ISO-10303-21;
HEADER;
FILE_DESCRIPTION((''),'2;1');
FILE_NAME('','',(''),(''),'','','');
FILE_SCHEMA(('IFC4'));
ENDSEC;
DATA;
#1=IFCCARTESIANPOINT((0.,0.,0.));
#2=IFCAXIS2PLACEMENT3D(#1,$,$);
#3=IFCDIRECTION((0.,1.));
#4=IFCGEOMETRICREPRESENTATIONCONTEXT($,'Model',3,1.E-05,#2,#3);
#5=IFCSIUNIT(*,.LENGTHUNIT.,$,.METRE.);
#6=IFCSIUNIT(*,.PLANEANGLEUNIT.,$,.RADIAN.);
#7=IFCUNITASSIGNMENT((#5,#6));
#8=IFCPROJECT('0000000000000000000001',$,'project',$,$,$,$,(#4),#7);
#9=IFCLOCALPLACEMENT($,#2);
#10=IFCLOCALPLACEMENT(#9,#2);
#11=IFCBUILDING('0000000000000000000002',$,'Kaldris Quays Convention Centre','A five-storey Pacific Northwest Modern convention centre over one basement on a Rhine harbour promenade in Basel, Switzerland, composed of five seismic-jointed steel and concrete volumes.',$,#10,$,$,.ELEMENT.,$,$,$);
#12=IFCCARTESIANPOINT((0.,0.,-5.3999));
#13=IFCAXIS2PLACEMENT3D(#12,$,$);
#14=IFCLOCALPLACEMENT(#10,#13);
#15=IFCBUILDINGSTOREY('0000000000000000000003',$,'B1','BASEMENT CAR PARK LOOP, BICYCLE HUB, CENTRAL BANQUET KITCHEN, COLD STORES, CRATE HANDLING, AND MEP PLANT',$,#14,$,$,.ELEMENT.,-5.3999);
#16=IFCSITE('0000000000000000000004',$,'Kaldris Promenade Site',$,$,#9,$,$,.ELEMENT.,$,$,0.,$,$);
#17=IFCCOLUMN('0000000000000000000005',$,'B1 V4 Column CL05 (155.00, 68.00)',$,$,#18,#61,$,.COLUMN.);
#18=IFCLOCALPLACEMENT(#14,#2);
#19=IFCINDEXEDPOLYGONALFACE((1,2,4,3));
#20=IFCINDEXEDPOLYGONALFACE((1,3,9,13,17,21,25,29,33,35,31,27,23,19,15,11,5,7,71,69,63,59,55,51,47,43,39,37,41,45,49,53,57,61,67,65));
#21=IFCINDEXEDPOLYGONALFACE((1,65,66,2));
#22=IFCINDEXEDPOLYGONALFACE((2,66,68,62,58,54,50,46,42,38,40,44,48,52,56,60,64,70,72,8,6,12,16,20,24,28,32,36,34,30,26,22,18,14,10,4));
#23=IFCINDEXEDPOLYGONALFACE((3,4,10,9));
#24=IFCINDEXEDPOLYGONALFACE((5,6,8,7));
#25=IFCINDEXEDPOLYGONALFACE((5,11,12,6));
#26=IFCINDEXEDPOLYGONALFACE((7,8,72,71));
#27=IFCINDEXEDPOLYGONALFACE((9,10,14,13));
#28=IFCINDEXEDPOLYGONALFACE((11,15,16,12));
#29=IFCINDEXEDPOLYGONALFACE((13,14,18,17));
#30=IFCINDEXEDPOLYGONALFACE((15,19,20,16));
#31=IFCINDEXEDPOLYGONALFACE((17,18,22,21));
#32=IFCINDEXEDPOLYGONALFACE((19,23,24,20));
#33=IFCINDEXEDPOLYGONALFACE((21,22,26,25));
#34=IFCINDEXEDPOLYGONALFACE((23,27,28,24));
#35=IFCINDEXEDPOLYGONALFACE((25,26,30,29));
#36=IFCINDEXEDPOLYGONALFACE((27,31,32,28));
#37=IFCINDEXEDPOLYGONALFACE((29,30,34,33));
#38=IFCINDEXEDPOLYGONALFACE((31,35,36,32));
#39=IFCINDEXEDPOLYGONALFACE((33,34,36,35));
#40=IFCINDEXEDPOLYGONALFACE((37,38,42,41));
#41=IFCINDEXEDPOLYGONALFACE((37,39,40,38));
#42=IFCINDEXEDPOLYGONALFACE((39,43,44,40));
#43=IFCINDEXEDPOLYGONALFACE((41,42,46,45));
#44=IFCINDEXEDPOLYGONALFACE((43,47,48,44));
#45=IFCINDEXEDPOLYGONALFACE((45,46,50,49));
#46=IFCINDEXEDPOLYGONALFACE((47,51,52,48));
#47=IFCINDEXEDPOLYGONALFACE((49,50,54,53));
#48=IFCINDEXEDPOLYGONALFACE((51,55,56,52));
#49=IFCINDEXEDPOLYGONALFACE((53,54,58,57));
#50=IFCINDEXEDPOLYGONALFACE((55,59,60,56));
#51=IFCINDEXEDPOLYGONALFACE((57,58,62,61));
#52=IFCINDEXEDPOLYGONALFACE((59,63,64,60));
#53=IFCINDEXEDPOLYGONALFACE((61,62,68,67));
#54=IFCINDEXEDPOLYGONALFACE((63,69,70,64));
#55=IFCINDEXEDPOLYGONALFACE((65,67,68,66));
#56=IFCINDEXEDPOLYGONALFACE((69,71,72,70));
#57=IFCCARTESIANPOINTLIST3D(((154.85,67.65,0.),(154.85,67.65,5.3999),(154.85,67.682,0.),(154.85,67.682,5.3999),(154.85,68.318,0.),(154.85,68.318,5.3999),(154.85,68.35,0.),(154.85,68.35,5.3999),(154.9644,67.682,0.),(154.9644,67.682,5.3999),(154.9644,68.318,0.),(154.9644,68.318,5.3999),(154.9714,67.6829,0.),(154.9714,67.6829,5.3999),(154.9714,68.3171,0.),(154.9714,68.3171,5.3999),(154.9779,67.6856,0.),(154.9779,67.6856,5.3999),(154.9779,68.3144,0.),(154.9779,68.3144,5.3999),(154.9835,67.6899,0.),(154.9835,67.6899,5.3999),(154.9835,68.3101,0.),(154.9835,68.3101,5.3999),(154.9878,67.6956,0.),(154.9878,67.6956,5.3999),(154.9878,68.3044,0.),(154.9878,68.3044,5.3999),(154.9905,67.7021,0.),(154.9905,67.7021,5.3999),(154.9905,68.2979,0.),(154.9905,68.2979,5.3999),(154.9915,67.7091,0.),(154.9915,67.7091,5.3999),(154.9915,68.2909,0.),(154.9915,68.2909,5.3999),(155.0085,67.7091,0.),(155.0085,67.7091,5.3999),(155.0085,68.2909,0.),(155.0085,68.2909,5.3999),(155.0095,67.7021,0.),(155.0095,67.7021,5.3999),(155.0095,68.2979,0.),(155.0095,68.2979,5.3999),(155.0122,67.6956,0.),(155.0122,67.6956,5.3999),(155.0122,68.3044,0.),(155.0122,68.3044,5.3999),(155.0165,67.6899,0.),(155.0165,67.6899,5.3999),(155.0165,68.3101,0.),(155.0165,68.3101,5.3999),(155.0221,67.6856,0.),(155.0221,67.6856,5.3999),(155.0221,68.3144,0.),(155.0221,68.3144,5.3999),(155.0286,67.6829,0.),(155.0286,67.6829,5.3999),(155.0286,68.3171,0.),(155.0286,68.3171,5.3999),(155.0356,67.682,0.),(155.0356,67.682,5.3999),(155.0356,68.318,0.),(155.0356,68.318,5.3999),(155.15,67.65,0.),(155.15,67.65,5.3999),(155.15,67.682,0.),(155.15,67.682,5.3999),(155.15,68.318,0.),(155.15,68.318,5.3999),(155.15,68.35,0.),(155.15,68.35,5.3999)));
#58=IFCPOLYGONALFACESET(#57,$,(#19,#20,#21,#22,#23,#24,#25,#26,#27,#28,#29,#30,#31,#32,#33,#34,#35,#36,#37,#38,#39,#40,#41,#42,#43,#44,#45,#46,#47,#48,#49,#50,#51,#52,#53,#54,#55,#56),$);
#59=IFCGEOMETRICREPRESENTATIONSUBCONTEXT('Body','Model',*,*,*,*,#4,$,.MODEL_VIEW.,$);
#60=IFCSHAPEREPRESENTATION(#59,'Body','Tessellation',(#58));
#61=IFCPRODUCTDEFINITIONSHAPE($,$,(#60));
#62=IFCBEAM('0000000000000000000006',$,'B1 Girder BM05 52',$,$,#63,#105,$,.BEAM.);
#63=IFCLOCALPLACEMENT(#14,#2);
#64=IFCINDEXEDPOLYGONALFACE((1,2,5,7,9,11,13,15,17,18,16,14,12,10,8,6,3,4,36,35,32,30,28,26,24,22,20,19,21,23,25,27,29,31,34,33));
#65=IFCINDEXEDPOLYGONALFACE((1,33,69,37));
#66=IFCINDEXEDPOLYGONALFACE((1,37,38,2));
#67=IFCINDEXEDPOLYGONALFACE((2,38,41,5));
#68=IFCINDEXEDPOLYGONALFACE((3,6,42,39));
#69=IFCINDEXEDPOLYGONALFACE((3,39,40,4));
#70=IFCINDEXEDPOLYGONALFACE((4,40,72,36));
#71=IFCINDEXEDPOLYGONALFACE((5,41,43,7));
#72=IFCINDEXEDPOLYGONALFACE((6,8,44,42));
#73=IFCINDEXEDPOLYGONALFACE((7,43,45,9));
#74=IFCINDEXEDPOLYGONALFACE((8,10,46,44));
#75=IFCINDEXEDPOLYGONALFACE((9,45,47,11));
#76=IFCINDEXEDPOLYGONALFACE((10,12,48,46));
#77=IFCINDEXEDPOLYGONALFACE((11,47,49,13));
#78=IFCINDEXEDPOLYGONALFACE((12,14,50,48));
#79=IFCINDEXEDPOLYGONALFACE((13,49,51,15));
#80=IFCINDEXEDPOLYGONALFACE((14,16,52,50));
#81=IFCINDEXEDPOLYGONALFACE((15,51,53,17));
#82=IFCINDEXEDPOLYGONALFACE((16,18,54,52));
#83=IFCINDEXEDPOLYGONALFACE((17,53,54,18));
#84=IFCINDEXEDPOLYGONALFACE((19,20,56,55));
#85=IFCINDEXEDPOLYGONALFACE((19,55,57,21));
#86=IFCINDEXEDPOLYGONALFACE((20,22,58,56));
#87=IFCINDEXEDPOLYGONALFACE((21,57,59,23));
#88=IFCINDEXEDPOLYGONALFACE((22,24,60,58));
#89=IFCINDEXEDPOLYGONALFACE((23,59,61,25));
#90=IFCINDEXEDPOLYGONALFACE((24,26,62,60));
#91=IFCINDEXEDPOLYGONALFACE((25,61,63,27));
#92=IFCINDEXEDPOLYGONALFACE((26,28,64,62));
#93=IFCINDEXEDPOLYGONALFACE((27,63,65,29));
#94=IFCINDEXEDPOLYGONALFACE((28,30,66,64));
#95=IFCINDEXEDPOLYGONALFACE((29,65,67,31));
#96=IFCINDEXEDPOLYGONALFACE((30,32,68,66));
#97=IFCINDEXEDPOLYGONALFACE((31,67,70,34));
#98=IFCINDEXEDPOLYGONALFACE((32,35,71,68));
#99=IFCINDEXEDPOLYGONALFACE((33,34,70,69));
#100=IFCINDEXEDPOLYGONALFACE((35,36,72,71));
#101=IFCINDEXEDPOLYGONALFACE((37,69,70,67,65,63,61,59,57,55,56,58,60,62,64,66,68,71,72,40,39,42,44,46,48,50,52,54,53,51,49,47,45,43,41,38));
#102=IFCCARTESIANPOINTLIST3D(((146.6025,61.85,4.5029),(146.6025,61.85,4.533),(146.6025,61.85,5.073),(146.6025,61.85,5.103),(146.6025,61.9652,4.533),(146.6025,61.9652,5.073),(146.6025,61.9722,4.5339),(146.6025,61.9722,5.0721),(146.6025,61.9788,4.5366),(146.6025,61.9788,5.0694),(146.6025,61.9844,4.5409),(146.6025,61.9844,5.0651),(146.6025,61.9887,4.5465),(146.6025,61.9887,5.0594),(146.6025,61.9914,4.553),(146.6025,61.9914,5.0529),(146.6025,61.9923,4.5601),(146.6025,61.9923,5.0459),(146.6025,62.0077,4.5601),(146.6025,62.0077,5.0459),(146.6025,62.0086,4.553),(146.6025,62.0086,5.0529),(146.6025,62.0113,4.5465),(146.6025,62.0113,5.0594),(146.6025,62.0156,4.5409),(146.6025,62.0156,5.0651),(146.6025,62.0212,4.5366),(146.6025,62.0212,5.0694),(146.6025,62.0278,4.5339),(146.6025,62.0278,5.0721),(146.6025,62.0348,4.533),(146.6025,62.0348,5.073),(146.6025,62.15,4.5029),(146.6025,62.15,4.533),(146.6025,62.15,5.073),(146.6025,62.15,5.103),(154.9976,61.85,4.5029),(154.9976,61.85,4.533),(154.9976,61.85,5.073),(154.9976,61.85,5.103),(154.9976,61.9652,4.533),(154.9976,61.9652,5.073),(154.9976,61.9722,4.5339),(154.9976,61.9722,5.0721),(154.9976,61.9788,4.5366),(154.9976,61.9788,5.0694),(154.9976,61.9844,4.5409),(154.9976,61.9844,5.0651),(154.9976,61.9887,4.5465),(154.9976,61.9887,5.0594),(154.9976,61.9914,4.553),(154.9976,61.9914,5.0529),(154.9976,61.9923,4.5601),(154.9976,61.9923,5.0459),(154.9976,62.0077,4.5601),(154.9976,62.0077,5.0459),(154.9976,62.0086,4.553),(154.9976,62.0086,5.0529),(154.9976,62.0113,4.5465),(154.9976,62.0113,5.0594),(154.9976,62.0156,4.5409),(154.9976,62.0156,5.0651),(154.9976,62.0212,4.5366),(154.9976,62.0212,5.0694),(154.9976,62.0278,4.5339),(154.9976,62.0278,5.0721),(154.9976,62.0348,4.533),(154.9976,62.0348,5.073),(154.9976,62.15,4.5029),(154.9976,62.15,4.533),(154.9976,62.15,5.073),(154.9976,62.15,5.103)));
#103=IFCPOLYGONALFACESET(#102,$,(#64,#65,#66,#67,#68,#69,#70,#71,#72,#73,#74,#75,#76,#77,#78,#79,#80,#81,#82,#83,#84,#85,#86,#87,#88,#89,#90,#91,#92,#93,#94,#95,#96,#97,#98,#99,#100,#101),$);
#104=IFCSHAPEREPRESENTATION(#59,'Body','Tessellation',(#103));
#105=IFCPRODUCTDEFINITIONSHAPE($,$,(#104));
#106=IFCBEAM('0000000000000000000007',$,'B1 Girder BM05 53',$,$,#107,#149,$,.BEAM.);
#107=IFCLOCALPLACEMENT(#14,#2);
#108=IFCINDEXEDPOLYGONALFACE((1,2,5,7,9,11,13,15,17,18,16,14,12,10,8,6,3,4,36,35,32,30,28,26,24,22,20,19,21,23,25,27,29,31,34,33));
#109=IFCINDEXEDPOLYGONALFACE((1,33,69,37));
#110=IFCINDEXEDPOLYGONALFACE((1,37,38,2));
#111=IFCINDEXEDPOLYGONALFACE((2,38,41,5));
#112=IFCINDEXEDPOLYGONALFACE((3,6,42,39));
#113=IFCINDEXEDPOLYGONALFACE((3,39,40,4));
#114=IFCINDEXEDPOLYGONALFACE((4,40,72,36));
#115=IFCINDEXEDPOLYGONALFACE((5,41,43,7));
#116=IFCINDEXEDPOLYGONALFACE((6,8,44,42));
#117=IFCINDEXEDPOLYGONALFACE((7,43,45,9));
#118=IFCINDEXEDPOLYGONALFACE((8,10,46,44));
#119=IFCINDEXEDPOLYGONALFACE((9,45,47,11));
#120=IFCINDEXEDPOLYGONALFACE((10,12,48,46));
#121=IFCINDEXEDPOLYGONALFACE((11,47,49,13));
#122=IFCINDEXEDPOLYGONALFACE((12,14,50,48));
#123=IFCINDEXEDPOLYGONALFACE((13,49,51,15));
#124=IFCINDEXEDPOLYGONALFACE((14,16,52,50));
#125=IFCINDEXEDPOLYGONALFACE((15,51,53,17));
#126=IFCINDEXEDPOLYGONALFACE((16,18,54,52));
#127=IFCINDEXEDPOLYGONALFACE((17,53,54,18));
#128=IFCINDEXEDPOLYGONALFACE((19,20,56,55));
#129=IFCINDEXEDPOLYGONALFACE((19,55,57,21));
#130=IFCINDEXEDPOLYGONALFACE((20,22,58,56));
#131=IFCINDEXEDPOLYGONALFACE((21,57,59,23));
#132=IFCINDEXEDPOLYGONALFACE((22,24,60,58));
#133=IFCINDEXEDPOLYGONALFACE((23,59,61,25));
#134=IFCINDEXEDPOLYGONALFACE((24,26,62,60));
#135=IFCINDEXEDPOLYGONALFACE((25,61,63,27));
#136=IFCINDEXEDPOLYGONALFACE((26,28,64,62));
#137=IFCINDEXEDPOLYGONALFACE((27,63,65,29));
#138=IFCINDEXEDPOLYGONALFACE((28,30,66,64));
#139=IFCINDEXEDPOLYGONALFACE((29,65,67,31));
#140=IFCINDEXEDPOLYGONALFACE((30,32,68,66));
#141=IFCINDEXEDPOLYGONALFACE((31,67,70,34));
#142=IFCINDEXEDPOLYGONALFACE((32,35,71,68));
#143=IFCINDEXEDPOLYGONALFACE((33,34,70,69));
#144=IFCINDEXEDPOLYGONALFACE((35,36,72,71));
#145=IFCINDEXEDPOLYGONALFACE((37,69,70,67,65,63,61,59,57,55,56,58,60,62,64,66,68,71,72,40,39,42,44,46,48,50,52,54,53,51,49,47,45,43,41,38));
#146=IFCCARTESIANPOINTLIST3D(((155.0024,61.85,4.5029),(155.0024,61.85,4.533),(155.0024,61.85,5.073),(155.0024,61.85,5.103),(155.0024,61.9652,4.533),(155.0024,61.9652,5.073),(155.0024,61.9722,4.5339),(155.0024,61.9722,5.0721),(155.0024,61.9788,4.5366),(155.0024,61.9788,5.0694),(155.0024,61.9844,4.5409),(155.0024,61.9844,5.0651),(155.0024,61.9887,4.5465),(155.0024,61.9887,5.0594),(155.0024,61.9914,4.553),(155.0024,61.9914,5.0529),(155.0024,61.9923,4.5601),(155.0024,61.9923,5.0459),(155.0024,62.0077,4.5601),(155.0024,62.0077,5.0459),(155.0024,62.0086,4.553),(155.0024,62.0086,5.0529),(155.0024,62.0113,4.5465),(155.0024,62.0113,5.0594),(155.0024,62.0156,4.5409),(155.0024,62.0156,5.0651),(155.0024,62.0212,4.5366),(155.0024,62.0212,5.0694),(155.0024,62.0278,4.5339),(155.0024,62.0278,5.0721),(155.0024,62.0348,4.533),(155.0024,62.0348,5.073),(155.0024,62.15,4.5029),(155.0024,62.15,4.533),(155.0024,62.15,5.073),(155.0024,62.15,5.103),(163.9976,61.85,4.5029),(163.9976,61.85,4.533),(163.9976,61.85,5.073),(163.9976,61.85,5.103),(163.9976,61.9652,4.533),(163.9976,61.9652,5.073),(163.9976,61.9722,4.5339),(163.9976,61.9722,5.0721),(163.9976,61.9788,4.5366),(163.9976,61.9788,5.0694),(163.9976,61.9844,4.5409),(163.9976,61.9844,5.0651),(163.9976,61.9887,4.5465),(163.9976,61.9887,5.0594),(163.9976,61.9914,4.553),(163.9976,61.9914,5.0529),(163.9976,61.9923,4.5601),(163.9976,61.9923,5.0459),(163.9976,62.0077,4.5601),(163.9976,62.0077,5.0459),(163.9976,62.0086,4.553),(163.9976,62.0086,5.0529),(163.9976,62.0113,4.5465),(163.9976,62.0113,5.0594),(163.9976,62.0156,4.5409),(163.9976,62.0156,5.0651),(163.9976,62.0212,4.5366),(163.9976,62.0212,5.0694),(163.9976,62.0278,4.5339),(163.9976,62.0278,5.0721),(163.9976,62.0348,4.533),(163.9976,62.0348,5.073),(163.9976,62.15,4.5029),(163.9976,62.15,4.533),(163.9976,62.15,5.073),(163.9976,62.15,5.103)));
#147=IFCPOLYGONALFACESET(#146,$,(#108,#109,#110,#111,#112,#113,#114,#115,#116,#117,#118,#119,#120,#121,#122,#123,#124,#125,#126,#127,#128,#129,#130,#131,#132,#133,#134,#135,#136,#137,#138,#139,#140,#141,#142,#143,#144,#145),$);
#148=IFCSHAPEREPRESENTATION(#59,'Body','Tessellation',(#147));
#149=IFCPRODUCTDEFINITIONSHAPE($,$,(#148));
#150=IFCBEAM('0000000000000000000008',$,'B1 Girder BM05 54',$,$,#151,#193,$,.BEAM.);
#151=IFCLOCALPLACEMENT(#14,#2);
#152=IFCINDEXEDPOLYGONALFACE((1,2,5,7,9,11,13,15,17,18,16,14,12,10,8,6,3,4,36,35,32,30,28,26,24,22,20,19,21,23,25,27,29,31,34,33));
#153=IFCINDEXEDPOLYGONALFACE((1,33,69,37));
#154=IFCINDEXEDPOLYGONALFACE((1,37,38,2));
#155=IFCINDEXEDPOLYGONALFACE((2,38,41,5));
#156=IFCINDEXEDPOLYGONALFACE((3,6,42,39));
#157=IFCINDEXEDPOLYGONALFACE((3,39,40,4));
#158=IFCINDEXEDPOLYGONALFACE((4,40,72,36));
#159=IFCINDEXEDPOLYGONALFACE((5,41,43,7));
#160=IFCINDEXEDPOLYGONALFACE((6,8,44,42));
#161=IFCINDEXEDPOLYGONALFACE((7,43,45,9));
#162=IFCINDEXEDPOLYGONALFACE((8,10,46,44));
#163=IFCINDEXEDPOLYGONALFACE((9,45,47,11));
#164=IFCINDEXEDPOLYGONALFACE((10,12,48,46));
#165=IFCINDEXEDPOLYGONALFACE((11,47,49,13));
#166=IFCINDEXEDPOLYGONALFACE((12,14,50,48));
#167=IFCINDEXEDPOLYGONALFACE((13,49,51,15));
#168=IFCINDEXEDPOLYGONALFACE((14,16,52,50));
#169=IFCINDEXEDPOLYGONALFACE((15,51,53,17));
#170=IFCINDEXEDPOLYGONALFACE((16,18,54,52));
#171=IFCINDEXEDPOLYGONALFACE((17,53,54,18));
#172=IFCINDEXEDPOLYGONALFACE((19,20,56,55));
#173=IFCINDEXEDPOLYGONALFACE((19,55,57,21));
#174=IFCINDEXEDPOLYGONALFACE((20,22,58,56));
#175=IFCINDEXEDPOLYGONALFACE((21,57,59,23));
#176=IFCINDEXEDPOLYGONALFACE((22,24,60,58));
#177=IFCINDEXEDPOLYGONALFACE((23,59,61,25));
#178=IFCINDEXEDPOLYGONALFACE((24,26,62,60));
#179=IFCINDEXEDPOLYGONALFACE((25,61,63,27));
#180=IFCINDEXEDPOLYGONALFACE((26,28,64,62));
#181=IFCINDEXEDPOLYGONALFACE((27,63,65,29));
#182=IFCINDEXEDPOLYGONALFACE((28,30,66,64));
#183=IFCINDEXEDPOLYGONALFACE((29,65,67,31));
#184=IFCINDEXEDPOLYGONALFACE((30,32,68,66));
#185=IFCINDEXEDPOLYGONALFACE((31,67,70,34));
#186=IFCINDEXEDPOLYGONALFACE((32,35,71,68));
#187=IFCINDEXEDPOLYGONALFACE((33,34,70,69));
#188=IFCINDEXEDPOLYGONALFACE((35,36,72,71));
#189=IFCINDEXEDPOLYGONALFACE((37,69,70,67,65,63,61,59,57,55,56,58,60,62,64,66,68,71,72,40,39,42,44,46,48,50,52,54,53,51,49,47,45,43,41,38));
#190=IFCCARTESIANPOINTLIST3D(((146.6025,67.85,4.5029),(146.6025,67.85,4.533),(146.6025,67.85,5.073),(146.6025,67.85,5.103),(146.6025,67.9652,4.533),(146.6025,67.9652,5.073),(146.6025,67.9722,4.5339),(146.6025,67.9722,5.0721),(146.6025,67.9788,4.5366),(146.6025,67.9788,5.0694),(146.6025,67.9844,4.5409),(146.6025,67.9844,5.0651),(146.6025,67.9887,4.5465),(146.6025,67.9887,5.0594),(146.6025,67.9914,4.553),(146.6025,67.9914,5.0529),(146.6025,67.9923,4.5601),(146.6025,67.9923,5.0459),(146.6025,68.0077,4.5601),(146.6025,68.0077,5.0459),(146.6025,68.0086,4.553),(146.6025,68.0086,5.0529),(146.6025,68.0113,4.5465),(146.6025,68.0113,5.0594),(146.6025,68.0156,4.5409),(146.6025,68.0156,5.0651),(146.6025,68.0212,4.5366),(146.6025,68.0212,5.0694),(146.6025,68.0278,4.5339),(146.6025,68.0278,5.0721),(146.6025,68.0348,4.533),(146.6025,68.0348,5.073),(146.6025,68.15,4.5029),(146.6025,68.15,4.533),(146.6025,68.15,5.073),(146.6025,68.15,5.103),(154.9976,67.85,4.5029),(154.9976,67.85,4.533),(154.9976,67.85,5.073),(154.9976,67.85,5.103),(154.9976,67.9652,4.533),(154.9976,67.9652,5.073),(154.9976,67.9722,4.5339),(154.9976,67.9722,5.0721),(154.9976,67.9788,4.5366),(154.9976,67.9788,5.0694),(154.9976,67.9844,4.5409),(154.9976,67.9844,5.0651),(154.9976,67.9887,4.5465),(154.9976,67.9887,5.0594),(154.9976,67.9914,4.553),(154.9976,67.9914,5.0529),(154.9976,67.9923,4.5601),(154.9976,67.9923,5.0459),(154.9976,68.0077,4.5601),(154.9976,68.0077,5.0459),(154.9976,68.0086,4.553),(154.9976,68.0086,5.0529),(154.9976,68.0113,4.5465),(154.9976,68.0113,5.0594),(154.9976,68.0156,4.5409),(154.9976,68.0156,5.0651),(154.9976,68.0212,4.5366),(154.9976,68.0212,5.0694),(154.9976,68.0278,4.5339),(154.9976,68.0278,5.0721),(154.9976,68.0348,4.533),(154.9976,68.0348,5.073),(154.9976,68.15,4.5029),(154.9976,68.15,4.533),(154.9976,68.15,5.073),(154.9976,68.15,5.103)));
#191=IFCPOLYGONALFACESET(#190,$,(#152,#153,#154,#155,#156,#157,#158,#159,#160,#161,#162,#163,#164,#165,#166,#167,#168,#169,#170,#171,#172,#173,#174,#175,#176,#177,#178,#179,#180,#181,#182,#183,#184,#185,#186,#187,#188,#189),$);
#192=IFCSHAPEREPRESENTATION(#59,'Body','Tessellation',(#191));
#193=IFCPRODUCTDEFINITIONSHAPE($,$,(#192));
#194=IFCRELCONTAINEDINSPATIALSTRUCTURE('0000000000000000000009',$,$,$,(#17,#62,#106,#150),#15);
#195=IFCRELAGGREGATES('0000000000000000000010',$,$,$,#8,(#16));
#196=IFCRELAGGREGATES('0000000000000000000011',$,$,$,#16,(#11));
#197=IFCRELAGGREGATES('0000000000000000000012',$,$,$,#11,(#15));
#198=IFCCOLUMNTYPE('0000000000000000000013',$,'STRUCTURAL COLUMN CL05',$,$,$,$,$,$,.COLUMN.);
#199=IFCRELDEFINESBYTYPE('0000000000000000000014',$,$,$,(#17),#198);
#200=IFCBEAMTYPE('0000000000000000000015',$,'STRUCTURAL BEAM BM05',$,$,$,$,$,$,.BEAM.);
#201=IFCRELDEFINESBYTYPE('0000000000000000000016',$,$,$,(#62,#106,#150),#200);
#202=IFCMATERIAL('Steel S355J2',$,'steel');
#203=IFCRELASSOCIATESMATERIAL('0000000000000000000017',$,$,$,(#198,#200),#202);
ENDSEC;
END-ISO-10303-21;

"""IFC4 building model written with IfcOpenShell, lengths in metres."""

from ifc_helpers import new_model, si_unit, direction, frame, origin, origin_2d, place, context, subcontext, project, spatial, i_section, extrude, material, material_profile, profile_set, type_object, element, save


model = new_model("IFC4")

# Units and contexts
model_context = context("Model", 3, precision=1e-05, world=origin(), true_north=direction((0.0, 1.0)))
body_context = subcontext(model_context, "Body", "Model", "MODEL_VIEW")
ifc_project = project(units=[si_unit("LENGTHUNIT", "METRE"), si_unit("PLANEANGLEUNIT", "RADIAN")], contexts=[model_context])

# Site, building, storey
site_placement = place(None, origin())
site = spatial("IfcSite", under=ifc_project, at=site_placement, Name="Kaldris Promenade Site", CompositionType="ELEMENT", RefElevation=0.0)
building_placement = place(site_placement, origin())
building = spatial("IfcBuilding", under=site, at=building_placement, Name="Kaldris Quays Convention Centre", Description="A five-storey Pacific Northwest Modern convention centre over one basement on a Rhine harbour promenade in Basel, Switzerland, composed of five seismic-jointed steel and concrete volumes.", CompositionType="ELEMENT")
storey_placement = place(building_placement, frame((0.0, 0.0, -5.3999)))
storey = spatial("IfcBuildingStorey", under=building, at=storey_placement, Name="B1", Description="BASEMENT CAR PARK LOOP, BICYCLE HUB, CENTRAL BANQUET KITCHEN, COLD STORES, CRATE HANDLING, AND MEP PLANT", CompositionType="ELEMENT", Elevation=-5.3999)

# Column
ifc_material_1 = material(Name="Steel S355J2", Category="steel")
ifc_material_profile_1 = material_profile(ifc_material_1, i_section(OverallWidth=0.3, OverallDepth=0.7, WebThickness=0.0171, FlangeThickness=0.032, FilletRadius=0.0271, at=origin_2d()), Name="HEB 700")
ifc_profile_set_1 = profile_set([ifc_material_profile_1], Name="Steel S355J2")
column_type = type_object("IfcColumnType", Name="STRUCTURAL COLUMN CL05", PredefinedType="COLUMN", material=ifc_profile_set_1)
for number, where, z_axis, x_axis, name in (
    (1, (155.0, 68.0, 0.0), (0.0, 0.0, 1.0), (1.0, 0.0, 0.0), "B1 V4 Column CL05 (155.00, 68.00)"),
):
    element("IfcColumn", number, at=place(storey_placement, frame(where, z_axis=z_axis, x_axis=x_axis)), inside=storey, type_object=column_type, Name=name, PredefinedType="COLUMN", context=body_context, shape_type="SweptSolid", body=[
        extrude(i_section(OverallWidth=0.3, OverallDepth=0.7, WebThickness=0.0171, FlangeThickness=0.032, FilletRadius=0.0271, at=origin_2d()), origin(), (0.0, 0.0, 1.0), 5.3999),
    ])

# Beams
ifc_material_profile_2 = material_profile(ifc_material_1, i_section(OverallWidth=0.3, OverallDepth=0.6001, WebThickness=0.0154, FlangeThickness=0.03, FilletRadius=0.0271, at=origin_2d()), Name="HEB 600")
ifc_profile_set_2 = profile_set([ifc_material_profile_2], Name="Steel S355J2")
beam_type_1 = type_object("IfcBeamType", Name="STRUCTURAL BEAM BM05", PredefinedType="BEAM", material=ifc_profile_set_2)
beam_1_placement = place(storey_placement, frame((146.6025, 62.0, 4.803), z_axis=(1.0, 0.0, 0.0), x_axis=(0.0, 1.0, 0.0)))
element("IfcBeam", 2, at=beam_1_placement, inside=storey, type_object=beam_type_1, Name="B1 Girder BM05 52", PredefinedType="BEAM", context=body_context, shape_type="SweptSolid", body=[
    extrude(i_section(OverallWidth=0.3, OverallDepth=0.6001, WebThickness=0.0154, FlangeThickness=0.03, FilletRadius=0.0271, at=origin_2d()), origin(), (0.0, 0.0, 1.0), 8.395),
])
beam_2_placement = place(storey_placement, frame((155.0024, 62.0, 4.803), z_axis=(1.0, 0.0, 0.0), x_axis=(0.0, 1.0, 0.0)))
element("IfcBeam", 3, at=beam_2_placement, inside=storey, type_object=beam_type_1, Name="B1 Girder BM05 53", PredefinedType="BEAM", context=body_context, shape_type="SweptSolid", body=[
    extrude(i_section(OverallWidth=0.3, OverallDepth=0.6001, WebThickness=0.0154, FlangeThickness=0.03, FilletRadius=0.0271, at=origin_2d()), origin(), (0.0, 0.0, 1.0), 8.9951),
])
beam_3_placement = place(storey_placement, frame((146.6025, 68.0, 4.803), z_axis=(1.0, 0.0, 0.0), x_axis=(0.0, 1.0, 0.0)))
element("IfcBeam", 4, at=beam_3_placement, inside=storey, type_object=beam_type_1, Name="B1 Girder BM05 54", PredefinedType="BEAM", context=body_context, shape_type="SweptSolid", body=[
    extrude(i_section(OverallWidth=0.3, OverallDepth=0.6001, WebThickness=0.0154, FlangeThickness=0.03, FilletRadius=0.0271, at=origin_2d()), origin(), (0.0, 0.0, 1.0), 8.395),
])

save(model, "model.ifc")
